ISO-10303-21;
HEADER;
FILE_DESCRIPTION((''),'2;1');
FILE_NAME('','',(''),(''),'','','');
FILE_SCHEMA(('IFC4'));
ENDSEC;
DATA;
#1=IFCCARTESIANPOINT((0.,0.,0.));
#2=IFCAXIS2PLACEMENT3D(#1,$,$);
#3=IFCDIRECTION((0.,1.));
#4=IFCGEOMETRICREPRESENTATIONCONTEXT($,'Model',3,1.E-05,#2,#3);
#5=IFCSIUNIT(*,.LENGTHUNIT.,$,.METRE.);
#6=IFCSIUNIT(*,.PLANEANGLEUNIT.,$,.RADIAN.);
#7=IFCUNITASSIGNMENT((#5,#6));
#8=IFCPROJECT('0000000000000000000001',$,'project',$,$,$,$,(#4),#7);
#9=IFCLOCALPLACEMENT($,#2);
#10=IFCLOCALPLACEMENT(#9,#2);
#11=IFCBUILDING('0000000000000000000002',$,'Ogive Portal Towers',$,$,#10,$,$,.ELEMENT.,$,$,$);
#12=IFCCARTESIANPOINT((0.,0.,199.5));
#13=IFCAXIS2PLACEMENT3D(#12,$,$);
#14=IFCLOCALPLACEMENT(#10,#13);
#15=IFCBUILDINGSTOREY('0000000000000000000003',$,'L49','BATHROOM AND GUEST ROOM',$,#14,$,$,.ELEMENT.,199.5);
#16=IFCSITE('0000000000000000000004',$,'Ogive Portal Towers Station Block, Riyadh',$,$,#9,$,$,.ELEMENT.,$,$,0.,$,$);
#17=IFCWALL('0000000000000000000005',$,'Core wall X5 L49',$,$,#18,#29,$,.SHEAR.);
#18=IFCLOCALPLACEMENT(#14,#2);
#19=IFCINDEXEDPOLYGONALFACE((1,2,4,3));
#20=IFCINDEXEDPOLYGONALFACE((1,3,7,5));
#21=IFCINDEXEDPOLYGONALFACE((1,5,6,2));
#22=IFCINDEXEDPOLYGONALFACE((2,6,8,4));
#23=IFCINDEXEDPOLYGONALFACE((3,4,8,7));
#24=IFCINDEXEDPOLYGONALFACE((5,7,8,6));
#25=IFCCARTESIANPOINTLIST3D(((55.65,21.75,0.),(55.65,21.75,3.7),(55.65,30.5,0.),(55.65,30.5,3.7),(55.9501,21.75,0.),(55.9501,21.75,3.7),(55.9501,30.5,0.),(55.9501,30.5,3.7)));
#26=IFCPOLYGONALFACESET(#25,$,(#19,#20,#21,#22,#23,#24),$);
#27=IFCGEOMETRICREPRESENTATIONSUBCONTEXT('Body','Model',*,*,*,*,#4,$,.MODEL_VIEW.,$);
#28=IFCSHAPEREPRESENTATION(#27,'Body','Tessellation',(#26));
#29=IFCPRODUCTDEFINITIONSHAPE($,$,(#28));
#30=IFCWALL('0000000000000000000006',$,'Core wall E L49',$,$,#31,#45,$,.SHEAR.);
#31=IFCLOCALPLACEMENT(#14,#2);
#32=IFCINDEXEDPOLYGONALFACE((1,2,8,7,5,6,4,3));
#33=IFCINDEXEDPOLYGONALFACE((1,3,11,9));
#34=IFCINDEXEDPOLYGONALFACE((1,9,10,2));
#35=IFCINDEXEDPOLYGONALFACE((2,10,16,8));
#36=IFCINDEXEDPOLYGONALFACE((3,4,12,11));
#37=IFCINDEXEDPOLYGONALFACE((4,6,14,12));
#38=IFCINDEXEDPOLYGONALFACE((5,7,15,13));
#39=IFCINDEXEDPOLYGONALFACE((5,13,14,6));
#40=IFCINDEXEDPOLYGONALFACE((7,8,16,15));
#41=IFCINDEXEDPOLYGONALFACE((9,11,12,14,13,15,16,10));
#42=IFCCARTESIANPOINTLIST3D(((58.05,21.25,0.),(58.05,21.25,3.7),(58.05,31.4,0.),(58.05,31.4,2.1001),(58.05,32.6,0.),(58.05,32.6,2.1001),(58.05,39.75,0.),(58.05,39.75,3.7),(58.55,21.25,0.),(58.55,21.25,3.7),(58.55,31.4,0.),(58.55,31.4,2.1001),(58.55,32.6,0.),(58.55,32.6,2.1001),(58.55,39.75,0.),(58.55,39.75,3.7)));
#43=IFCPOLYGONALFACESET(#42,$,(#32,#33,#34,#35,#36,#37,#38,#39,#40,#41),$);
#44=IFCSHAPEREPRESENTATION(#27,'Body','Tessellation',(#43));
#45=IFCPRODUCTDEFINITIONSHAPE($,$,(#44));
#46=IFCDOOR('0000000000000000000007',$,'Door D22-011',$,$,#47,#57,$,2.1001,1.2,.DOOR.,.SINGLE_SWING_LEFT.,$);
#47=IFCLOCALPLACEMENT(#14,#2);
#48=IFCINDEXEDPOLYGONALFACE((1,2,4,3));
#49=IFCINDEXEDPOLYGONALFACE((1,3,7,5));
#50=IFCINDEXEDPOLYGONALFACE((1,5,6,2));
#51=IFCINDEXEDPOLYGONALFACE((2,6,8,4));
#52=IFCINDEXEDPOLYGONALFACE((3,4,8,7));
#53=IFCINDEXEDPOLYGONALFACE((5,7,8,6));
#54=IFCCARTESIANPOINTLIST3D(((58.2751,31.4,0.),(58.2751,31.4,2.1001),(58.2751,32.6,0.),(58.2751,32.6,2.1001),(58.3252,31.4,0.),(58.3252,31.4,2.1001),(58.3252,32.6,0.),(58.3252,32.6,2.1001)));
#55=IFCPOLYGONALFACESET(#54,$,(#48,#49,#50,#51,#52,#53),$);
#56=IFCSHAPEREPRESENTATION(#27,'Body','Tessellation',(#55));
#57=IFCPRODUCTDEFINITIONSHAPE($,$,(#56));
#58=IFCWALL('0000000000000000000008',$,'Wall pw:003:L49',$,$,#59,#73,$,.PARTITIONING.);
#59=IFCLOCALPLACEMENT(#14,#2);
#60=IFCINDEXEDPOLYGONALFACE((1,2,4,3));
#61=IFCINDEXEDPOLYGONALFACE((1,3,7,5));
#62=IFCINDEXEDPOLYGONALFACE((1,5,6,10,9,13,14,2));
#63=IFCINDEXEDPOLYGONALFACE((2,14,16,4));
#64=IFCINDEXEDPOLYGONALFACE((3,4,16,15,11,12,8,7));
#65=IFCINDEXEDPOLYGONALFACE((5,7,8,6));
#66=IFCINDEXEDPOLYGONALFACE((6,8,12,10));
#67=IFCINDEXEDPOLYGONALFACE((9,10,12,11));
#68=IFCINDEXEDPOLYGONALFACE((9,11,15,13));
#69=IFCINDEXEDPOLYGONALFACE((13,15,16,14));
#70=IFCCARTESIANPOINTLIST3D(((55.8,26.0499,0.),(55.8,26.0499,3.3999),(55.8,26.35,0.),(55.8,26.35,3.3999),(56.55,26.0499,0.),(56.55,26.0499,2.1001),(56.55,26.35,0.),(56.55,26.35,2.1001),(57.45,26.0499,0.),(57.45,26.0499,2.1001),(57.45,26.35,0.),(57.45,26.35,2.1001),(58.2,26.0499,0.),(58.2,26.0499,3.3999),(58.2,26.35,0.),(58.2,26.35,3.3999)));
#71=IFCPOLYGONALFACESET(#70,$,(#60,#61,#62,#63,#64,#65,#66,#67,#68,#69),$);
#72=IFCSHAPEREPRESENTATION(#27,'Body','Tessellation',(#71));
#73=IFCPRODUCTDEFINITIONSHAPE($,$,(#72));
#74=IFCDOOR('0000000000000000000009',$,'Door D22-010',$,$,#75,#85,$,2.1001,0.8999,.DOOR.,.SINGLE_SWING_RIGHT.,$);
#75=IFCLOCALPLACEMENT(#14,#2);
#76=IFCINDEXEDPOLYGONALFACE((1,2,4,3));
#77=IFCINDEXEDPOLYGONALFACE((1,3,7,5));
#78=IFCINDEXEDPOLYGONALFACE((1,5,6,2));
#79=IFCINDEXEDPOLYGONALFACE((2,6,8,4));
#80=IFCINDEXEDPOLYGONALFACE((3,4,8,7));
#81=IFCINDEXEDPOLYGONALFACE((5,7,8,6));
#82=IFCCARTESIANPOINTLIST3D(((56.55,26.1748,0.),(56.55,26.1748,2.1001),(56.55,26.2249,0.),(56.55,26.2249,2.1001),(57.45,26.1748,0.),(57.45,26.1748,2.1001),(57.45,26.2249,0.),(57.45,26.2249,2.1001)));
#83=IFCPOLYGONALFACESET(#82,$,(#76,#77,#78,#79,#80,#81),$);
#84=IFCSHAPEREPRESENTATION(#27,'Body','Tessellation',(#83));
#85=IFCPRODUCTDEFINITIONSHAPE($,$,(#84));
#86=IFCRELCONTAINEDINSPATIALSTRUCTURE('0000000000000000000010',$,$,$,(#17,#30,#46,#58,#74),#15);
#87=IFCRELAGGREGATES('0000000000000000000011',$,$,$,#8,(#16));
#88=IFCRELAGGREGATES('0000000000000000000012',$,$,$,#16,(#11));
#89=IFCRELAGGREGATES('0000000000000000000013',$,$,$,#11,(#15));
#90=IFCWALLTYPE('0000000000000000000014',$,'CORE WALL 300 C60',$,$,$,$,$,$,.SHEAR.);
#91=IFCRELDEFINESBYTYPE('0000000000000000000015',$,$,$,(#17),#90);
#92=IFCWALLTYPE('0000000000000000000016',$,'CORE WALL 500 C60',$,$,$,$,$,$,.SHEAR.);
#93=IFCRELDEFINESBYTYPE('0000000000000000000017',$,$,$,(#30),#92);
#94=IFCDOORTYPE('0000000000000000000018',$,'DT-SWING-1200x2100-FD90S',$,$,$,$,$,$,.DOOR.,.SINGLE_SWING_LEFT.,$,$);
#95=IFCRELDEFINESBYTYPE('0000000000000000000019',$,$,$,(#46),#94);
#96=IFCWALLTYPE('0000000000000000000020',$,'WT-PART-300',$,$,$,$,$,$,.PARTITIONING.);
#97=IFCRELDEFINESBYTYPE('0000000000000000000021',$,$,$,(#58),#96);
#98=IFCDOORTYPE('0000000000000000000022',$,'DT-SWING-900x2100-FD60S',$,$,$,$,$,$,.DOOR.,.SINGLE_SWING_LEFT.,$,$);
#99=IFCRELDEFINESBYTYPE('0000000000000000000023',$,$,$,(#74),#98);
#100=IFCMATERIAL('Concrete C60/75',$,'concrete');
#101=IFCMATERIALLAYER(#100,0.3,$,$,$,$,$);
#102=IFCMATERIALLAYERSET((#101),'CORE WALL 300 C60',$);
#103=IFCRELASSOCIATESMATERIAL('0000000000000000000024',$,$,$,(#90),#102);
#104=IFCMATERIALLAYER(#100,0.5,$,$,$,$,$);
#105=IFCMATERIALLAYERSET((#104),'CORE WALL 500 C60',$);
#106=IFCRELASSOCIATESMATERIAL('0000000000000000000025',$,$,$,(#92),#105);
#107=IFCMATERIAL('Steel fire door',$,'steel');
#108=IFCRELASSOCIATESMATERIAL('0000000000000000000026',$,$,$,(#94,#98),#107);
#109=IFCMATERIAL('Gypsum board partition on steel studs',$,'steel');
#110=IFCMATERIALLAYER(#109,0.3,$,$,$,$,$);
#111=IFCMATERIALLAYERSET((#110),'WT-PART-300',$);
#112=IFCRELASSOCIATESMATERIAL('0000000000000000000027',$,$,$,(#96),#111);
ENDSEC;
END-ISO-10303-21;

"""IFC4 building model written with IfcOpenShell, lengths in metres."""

from ifc_helpers import new_model, si_unit, direction, frame, frame_2d, origin, place, context, subcontext, project, spatial, rectangle, extrude, material, layer, layer_set, type_object, element, fill, save


model = new_model("IFC4")

# Units and contexts
model_context = context("Model", 3, precision=1e-05, world=origin(), true_north=direction((0.0, 1.0)))
body_context = subcontext(model_context, "Body", "Model", "MODEL_VIEW")
ifc_project = project(units=[si_unit("LENGTHUNIT", "METRE"), si_unit("PLANEANGLEUNIT", "RADIAN")], contexts=[model_context])

# Site, building, storey
site_placement = place(None, origin())
site = spatial("IfcSite", under=ifc_project, at=site_placement, Name="Ogive Portal Towers Station Block, Riyadh", CompositionType="ELEMENT", RefElevation=0.0)
building_placement = place(site_placement, origin())
building = spatial("IfcBuilding", under=site, at=building_placement, Name="Ogive Portal Towers", CompositionType="ELEMENT")
storey_placement = place(building_placement, frame((0.0, 0.0, 199.5)))
storey = spatial("IfcBuildingStorey", under=building, at=storey_placement, Name="L49", Description="BATHROOM AND GUEST ROOM", CompositionType="ELEMENT", Elevation=199.5)

# Wall
ifc_material_1 = material(Name="Concrete C60/75", Category="concrete")
ifc_layer_1 = layer(ifc_material_1, 0.3)
ifc_layer_set_1 = layer_set([ifc_layer_1], Name="CORE WALL 300 C60")
wall_type_1 = type_object("IfcWallType", Name="CORE WALL 300 C60", PredefinedType="SHEAR", material=ifc_layer_set_1)
wall_1_placement = place(storey_placement, frame((55.8, 21.75, 0.0), z_axis=(0.0, 0.0, 1.0), x_axis=(0.0, 1.0, 0.0)))
element("IfcWall", 1, at=wall_1_placement, inside=storey, type_object=wall_type_1, Name="Core wall X5 L49", PredefinedType="SHEAR", context=body_context, shape_type="SweptSolid", body=[
    extrude(rectangle(XDim=8.75, YDim=0.3, at=frame_2d((4.375, 0.0))), origin(), (0.0, 0.0, 1.0), 3.7),
])

# Walls, openings, doors
ifc_layer_2 = layer(ifc_material_1, 0.5)
ifc_layer_set_2 = layer_set([ifc_layer_2], Name="CORE WALL 500 C60")
wall_type_2 = type_object("IfcWallType", Name="CORE WALL 500 C60", PredefinedType="SHEAR", material=ifc_layer_set_2)
wall_2_placement = place(storey_placement, frame((58.3, 21.25, 0.0), z_axis=(0.0, 0.0, 1.0), x_axis=(0.0, 1.0, 0.0)))
wall_2 = element("IfcWall", 2, at=wall_2_placement, inside=storey, type_object=wall_type_2, Name="Core wall E L49", PredefinedType="SHEAR", context=body_context, shape_type="SweptSolid", body=[
    extrude(rectangle(XDim=18.5, YDim=0.5, at=frame_2d((9.25, 0.0))), origin(), (0.0, 0.0, 1.0), 3.7),
])
opening_1_placement = place(wall_2_placement, frame((10.1499, 0.0, 0.0)))
opening_1 = element("IfcOpeningElement", 3, at=opening_1_placement, cuts=wall_2, PredefinedType="OPENING", context=body_context, shape_type="SweptSolid", body=[
    extrude(rectangle(XDim=1.2, YDim=2.1001, at=frame_2d((0.6001, 1.05))), frame((0.0, 0.26, 0.0), z_axis=(0.0, -1.0, 0.0), x_axis=(1.0, 0.0, 0.0)), (0.0, 0.0, 1.0), 0.52),
])
ifc_material_2 = material(Name="Steel fire door", Category="steel")
door_type_1 = type_object("IfcDoorType", Name="DT-SWING-1200x2100-FD90S", OperationType="SINGLE_SWING_LEFT", PredefinedType="DOOR", material=ifc_material_2)
door_1_placement = place(opening_1_placement, origin())
door_1 = element("IfcDoor", 4, at=door_1_placement, inside=storey, type_object=door_type_1, Name="Door D22-011", OperationType="SINGLE_SWING_LEFT", OverallHeight=2.1001, OverallWidth=1.2, PredefinedType="DOOR", context=body_context, shape_type="SweptSolid", body=[
    extrude(rectangle(XDim=1.2, YDim=2.1001, at=frame_2d((0.6001, 1.05))), frame((0.0, 0.0249, 0.0), z_axis=(0.0, -1.0, 0.0), x_axis=(1.0, 0.0, 0.0)), (0.0, 0.0, 1.0), 0.05),
])
fill(opening_1, door_1)
ifc_material_3 = material(Name="Gypsum board partition on steel studs", Category="steel")
ifc_layer_3 = layer(ifc_material_3, 0.3)
ifc_layer_set_3 = layer_set([ifc_layer_3], Name="WT-PART-300")
wall_type_3 = type_object("IfcWallType", Name="WT-PART-300", PredefinedType="PARTITIONING", material=ifc_layer_set_3)
wall_3_placement = place(storey_placement, frame((55.8, 26.2, 0.0), z_axis=(0.0, 0.0, 1.0), x_axis=(1.0, 0.0, 0.0)))
wall_3 = element("IfcWall", 5, at=wall_3_placement, inside=storey, type_object=wall_type_3, Name="Wall pw:003:L49", PredefinedType="PARTITIONING", context=body_context, shape_type="SweptSolid", body=[
    extrude(rectangle(XDim=2.3999, YDim=0.3, at=frame_2d((1.2, 0.0))), origin(), (0.0, 0.0, 1.0), 3.3999),
])
opening_2_placement = place(wall_3_placement, frame((0.75, 0.0, 0.0)))
opening_2 = element("IfcOpeningElement", 6, at=opening_2_placement, cuts=wall_3, PredefinedType="OPENING", context=body_context, shape_type="SweptSolid", body=[
    extrude(rectangle(XDim=0.8999, YDim=2.1001, at=frame_2d((0.45, 1.05))), frame((0.0, 0.1602, 0.0), z_axis=(0.0, -1.0, 0.0), x_axis=(1.0, 0.0, 0.0)), (0.0, 0.0, 1.0), 0.3201),
])
door_type_2 = type_object("IfcDoorType", Name="DT-SWING-900x2100-FD60S", OperationType="SINGLE_SWING_LEFT", PredefinedType="DOOR", material=ifc_material_2)
door_2_placement = place(opening_2_placement, origin())
door_2 = element("IfcDoor", 7, at=door_2_placement, inside=storey, type_object=door_type_2, Name="Door D22-010", OperationType="SINGLE_SWING_RIGHT", OverallHeight=2.1001, OverallWidth=0.8999, PredefinedType="DOOR", context=body_context, shape_type="SweptSolid", body=[
    extrude(rectangle(XDim=0.8999, YDim=2.1001, at=frame_2d((0.45, 1.05))), frame((0.0, 0.0249, 0.0), z_axis=(0.0, -1.0, 0.0), x_axis=(1.0, 0.0, 0.0)), (0.0, 0.0, 1.0), 0.05),
])
fill(opening_2, door_2)

save(model, "model.ifc")
